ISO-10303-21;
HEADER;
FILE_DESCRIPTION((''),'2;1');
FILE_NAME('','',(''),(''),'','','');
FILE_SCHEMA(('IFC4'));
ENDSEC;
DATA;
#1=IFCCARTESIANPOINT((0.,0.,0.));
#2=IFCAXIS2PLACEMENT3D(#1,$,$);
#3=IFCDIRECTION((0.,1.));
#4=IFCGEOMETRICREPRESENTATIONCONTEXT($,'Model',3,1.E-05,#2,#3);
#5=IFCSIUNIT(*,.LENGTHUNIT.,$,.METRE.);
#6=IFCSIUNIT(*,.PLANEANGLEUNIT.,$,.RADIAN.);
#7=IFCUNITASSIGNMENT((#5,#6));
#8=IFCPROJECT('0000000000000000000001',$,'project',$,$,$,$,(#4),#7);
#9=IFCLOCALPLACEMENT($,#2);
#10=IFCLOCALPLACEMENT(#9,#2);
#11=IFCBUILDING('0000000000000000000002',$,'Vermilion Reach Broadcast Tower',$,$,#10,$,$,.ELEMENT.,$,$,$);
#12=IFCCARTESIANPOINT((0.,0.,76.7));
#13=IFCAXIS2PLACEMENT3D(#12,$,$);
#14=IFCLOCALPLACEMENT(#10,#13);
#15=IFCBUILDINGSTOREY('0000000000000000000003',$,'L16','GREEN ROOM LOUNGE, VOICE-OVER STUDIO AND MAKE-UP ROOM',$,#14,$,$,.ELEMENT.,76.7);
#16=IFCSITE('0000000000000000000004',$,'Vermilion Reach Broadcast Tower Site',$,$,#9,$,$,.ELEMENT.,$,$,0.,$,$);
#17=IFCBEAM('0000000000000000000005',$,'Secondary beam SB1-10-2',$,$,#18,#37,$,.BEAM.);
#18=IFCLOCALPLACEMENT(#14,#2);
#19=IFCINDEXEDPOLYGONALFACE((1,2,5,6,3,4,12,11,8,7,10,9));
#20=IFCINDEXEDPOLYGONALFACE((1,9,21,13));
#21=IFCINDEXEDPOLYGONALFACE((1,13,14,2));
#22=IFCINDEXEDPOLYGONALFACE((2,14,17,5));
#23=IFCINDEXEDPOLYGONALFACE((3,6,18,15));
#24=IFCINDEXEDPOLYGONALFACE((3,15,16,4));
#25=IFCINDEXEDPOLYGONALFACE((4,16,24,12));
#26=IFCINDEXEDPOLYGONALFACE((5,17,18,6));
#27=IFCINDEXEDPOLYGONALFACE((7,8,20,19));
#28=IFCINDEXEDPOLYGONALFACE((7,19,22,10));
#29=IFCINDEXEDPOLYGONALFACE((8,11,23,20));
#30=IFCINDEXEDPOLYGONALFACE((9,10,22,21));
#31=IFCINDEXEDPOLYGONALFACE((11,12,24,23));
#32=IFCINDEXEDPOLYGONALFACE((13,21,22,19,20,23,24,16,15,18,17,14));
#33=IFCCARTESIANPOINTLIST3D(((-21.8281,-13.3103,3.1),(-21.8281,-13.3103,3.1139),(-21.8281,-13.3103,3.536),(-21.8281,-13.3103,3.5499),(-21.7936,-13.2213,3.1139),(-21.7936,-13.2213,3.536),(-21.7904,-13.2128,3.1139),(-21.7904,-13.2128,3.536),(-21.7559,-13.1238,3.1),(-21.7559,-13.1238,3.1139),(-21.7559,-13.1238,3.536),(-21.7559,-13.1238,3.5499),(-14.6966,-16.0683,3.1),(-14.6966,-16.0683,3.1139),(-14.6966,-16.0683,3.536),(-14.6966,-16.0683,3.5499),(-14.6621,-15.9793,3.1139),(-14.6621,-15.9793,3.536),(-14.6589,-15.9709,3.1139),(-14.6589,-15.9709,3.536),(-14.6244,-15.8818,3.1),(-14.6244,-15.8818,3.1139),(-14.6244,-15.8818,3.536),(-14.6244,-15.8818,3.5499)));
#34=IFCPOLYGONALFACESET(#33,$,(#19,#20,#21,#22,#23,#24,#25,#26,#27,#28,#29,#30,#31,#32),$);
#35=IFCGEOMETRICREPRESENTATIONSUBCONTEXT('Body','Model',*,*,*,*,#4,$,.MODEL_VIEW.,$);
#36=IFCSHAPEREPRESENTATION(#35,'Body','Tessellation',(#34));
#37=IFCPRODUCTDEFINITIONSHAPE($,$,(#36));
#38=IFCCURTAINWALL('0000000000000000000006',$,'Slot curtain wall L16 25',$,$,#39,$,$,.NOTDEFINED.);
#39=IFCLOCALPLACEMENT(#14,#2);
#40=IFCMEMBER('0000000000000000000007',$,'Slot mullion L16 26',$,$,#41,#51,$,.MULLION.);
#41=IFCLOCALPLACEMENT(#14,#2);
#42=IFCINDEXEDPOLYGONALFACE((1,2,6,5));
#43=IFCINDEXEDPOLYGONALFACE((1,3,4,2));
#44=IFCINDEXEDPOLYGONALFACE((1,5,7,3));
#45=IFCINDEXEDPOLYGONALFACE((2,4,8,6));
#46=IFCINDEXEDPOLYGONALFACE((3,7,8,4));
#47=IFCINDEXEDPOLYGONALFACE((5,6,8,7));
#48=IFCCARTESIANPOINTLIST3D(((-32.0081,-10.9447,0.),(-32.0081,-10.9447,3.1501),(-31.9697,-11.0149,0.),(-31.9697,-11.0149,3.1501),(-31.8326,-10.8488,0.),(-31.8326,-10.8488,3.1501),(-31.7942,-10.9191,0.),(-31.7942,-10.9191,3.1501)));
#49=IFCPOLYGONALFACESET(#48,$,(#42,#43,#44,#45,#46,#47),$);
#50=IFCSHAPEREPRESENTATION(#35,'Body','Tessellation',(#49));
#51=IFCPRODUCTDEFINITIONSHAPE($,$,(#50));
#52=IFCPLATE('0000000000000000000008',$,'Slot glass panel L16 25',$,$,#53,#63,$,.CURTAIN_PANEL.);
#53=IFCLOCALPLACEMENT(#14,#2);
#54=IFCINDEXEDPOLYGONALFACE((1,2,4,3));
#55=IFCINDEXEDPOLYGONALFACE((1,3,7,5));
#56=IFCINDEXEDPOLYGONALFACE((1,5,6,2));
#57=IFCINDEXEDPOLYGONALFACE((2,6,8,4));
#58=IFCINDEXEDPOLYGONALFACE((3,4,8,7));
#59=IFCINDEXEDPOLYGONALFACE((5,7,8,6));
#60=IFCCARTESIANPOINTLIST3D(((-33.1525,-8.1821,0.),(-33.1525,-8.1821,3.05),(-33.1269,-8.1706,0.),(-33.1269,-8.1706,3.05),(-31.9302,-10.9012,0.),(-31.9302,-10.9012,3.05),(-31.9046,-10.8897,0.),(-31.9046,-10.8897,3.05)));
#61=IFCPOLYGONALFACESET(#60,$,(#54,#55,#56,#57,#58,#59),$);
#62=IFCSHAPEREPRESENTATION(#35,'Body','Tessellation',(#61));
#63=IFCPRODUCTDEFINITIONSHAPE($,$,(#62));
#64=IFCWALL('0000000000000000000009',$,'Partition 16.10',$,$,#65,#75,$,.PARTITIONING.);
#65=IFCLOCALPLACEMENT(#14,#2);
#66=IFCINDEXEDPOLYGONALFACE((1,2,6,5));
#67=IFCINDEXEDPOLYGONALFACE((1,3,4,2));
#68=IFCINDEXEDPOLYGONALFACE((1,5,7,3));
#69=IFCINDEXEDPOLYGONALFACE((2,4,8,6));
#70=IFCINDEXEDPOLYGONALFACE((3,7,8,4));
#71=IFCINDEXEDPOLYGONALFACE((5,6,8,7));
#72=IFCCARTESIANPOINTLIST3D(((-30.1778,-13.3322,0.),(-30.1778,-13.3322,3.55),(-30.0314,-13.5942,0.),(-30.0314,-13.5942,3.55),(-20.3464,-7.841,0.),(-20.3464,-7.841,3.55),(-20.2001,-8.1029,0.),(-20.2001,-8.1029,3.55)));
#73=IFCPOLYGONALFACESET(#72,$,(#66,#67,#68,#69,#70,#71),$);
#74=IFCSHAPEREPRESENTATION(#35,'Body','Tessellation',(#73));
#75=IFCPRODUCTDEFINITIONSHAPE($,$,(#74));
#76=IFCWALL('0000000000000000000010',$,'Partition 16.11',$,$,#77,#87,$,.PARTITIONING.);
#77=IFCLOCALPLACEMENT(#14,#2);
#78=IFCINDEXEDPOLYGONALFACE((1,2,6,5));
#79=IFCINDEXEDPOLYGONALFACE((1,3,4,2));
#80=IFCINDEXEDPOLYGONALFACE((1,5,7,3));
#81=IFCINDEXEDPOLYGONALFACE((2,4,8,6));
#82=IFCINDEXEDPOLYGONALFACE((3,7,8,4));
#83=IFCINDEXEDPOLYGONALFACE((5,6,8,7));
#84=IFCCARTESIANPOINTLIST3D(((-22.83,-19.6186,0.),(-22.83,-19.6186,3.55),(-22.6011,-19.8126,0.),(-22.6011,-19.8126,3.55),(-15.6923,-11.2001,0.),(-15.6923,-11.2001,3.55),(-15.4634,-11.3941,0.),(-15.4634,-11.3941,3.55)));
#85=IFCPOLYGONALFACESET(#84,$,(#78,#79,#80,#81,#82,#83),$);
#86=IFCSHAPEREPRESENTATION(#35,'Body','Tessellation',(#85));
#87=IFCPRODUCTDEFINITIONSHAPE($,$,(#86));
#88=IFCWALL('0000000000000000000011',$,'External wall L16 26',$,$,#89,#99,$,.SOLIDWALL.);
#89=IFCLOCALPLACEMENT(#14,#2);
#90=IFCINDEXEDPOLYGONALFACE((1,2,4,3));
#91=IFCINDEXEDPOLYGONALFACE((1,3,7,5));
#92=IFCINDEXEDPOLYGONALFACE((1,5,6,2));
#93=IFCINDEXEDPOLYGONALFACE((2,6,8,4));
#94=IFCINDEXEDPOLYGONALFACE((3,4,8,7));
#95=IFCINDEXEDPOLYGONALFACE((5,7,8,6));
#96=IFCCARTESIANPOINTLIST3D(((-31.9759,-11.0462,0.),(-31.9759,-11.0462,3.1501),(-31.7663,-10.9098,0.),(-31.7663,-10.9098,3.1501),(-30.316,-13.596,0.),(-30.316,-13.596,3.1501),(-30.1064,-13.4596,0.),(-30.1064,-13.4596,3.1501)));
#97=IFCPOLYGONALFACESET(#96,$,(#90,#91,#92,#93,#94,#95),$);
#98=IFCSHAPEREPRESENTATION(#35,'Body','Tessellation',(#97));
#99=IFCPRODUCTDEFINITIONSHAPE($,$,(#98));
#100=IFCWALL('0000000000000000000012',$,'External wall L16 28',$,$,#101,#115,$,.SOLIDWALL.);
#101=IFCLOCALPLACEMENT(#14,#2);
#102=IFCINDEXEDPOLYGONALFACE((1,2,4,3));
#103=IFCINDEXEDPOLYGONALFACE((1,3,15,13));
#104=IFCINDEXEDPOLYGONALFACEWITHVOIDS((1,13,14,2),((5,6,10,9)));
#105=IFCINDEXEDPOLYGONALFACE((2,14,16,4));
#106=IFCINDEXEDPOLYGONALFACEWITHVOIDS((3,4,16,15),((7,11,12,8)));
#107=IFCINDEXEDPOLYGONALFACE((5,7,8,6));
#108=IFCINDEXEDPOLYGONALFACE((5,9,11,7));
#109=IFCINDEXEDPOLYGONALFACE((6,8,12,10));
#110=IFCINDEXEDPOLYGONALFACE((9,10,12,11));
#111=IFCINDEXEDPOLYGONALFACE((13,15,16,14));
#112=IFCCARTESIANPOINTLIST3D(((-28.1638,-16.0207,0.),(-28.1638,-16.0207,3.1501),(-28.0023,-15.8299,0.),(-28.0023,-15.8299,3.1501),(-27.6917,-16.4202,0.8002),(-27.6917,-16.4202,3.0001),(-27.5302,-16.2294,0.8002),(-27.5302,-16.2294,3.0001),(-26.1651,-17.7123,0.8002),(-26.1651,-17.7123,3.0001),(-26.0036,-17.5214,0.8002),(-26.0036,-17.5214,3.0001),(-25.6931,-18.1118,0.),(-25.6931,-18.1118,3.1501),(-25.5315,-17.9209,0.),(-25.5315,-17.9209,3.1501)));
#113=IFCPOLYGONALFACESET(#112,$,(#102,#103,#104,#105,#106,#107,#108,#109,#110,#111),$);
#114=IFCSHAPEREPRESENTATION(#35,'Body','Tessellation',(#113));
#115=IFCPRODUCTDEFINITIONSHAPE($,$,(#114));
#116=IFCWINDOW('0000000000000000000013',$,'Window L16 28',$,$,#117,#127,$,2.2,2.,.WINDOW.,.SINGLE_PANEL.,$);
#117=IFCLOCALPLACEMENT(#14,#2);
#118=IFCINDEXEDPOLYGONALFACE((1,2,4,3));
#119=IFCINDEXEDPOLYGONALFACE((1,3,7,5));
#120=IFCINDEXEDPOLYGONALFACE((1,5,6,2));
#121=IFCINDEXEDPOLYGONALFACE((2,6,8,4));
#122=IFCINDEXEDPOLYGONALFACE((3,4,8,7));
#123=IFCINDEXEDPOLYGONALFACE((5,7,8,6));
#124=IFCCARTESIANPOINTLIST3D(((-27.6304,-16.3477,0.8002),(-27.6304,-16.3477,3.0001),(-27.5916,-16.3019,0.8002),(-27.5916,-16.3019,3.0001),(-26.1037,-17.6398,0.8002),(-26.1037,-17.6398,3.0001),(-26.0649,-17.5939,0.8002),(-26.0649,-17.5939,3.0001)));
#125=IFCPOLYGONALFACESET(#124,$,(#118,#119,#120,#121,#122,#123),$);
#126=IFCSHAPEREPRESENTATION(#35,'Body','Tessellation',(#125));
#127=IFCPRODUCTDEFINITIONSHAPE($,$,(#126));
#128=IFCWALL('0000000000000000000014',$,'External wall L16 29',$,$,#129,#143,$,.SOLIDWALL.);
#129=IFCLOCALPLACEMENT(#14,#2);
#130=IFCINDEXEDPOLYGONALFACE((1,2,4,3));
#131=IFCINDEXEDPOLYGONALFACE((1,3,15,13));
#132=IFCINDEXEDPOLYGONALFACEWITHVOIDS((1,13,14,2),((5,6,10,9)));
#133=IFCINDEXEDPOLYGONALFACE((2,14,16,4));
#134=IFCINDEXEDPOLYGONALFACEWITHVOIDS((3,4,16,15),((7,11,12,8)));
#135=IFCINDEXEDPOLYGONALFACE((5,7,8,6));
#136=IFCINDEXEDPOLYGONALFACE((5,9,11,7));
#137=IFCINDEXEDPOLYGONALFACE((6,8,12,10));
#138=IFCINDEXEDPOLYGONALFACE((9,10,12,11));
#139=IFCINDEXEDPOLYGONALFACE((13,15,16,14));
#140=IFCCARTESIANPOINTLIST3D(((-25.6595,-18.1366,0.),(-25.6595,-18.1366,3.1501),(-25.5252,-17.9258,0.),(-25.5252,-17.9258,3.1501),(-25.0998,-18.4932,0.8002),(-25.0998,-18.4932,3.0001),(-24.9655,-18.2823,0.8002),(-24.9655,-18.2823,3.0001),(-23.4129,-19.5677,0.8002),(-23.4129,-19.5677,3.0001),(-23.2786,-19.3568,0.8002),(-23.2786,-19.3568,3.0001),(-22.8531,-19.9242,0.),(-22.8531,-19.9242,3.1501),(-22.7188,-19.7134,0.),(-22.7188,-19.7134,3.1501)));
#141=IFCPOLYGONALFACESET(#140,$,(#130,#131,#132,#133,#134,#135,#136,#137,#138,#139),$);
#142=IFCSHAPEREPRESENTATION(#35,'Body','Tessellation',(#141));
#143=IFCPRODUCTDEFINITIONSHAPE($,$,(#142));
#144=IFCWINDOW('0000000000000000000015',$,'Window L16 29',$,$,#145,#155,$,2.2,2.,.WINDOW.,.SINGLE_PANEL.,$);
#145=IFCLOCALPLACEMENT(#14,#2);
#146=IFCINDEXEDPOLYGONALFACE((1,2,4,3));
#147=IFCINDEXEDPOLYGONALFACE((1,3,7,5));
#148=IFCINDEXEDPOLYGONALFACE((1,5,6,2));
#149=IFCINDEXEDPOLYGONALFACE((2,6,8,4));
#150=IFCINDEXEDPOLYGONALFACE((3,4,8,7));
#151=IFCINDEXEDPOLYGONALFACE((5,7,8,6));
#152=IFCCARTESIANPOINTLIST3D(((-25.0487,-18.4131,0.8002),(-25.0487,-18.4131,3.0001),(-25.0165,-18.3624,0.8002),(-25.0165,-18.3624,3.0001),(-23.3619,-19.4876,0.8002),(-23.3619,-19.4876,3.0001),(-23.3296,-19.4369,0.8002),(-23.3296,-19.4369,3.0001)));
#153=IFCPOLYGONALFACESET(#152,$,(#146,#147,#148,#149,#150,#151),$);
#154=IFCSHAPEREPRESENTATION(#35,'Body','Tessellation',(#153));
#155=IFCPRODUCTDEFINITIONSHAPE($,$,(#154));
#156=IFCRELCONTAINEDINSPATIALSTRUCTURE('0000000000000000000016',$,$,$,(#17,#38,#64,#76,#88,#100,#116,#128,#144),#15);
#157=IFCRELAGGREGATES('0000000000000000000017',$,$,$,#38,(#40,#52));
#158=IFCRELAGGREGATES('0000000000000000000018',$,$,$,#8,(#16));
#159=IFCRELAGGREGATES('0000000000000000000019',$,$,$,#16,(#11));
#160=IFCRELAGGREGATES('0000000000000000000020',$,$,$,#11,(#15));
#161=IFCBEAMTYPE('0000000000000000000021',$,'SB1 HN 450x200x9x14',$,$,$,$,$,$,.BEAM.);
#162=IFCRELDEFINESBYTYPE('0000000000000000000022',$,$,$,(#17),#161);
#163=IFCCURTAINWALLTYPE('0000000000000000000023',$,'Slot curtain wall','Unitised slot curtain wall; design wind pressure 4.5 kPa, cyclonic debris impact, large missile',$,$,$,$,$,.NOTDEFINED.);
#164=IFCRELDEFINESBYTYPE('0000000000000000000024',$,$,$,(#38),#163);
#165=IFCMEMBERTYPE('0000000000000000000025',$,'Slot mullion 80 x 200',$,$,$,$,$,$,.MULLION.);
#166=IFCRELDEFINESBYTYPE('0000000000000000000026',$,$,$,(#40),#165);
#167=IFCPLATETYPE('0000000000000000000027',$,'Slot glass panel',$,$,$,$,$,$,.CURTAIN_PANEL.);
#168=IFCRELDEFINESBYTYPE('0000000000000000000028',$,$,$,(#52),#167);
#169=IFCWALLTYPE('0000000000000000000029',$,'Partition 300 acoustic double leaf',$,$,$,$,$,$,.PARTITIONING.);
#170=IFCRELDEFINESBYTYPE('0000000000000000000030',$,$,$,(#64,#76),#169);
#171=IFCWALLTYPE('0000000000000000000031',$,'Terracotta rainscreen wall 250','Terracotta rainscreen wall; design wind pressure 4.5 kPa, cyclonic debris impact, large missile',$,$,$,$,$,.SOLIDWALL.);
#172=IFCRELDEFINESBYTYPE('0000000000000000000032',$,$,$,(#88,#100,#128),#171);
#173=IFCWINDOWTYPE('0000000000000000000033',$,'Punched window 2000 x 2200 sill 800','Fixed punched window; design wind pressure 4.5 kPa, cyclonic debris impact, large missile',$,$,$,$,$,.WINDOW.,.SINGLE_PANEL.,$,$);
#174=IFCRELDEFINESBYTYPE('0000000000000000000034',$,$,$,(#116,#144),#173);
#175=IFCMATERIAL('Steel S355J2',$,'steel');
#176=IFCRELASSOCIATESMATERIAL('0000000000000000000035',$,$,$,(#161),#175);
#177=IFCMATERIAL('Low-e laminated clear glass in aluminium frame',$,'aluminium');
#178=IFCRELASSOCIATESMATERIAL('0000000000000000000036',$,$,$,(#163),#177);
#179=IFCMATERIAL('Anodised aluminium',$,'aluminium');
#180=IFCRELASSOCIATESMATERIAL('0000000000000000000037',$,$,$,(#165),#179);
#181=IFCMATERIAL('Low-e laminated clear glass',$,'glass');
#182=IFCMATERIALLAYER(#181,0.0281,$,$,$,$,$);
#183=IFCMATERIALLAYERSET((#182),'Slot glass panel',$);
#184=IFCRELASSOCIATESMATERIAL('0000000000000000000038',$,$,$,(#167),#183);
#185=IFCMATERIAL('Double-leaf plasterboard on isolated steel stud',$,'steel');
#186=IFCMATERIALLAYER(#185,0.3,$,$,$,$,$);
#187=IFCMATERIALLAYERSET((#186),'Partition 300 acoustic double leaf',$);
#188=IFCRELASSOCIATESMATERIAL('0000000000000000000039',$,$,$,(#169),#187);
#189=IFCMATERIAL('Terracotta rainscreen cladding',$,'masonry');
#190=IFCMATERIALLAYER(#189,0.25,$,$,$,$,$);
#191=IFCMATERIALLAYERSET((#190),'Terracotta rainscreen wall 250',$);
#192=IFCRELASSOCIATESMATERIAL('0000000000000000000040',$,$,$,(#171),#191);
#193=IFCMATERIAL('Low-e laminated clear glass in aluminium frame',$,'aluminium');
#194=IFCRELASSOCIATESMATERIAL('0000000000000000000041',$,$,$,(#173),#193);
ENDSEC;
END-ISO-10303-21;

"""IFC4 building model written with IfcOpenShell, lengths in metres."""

from ifc_helpers import new_model, si_unit, direction, frame, frame_2d, origin, origin_2d, place, context, subcontext, project, spatial, rectangle, i_section, extrude, material, layer, layer_set, material_profile, profile_set, type_object, element, fill, aggregate, save


model = new_model("IFC4")

# Units and contexts
model_context = context("Model", 3, precision=1e-05, world=origin(), true_north=direction((0.0, 1.0)))
body_context = subcontext(model_context, "Body", "Model", "MODEL_VIEW")
ifc_project = project(units=[si_unit("LENGTHUNIT", "METRE"), si_unit("PLANEANGLEUNIT", "RADIAN")], contexts=[model_context])

# Site, building, storey
site_placement = place(None, origin())
site = spatial("IfcSite", under=ifc_project, at=site_placement, Name="Vermilion Reach Broadcast Tower Site", CompositionType="ELEMENT", RefElevation=0.0)
building_placement = place(site_placement, origin())
building = spatial("IfcBuilding", under=site, at=building_placement, Name="Vermilion Reach Broadcast Tower", CompositionType="ELEMENT")
storey_placement = place(building_placement, frame((0.0, 0.0, 76.7)))
storey = spatial("IfcBuildingStorey", under=building, at=storey_placement, Name="L16", Description="GREEN ROOM LOUNGE, VOICE-OVER STUDIO AND MAKE-UP ROOM", CompositionType="ELEMENT", Elevation=76.7)

# Beam
ifc_material_1 = material(Name="Steel S355J2", Category="steel")
ifc_material_profile_1 = material_profile(ifc_material_1, i_section(OverallWidth=0.2, OverallDepth=0.45, WebThickness=0.009, FlangeThickness=0.0139, at=origin_2d()), Name="S355J2 HN 450x200x9x14")
ifc_profile_set_1 = profile_set([ifc_material_profile_1], Name="Steel S355J2")
beam_type_1 = type_object("IfcBeamType", Name="SB1 HN 450x200x9x14", PredefinedType="BEAM", material=ifc_profile_set_1)
beam_1_placement = place(storey_placement, frame((-21.792, -13.217, 3.325), z_axis=(0.932681, -0.360703, 0.0), x_axis=(0.360703, 0.932681, 0.0)))
element("IfcBeam", 1, at=beam_1_placement, inside=storey, type_object=beam_type_1, Name="Secondary beam SB1-10-2", PredefinedType="BEAM", context=body_context, shape_type="SweptSolid", body=[
    extrude(i_section(OverallWidth=0.2, OverallDepth=0.45, WebThickness=0.009, FlangeThickness=0.0139, at=origin_2d()), origin(), (0.0, 0.0, 1.0), 7.6462),
])

# Curtain wall, member, plate
ifc_material_2 = material(Name="Low-e laminated clear glass in aluminium frame", Category="aluminium")
curtain_wall_type = type_object("IfcCurtainWallType", Name="Slot curtain wall", Description="Unitised slot curtain wall; design wind pressure 4.5 kPa, cyclonic debris impact, large missile", PredefinedType="NOTDEFINED", material=ifc_material_2)
curtain_wall_placement = place(storey_placement, origin())
curtain_wall = element("IfcCurtainWall", 2, at=curtain_wall_placement, inside=storey, type_object=curtain_wall_type, Name="Slot curtain wall L16 25", PredefinedType="NOTDEFINED")
ifc_material_3 = material(Name="Anodised aluminium", Category="aluminium")
ifc_material_profile_2 = material_profile(ifc_material_3, rectangle(XDim=0.2, YDim=0.0801, at=origin_2d()), Name="Slot mullion 80 x 200")
ifc_profile_set_2 = profile_set([ifc_material_profile_2], Name="Anodised aluminium")
member_type = type_object("IfcMemberType", Name="Slot mullion 80 x 200", PredefinedType="MULLION", material=ifc_profile_set_2)
member_placement = place(storey_placement, frame((-31.9011, -10.9319, 0.0), z_axis=(0.0, 0.0, 1.0), x_axis=(0.877704, 0.479204, 0.0)))
member = element("IfcMember", 3, at=member_placement, type_object=member_type, Name="Slot mullion L16 26", PredefinedType="MULLION", context=body_context, shape_type="SweptSolid", body=[
    extrude(rectangle(XDim=0.2, YDim=0.0801, at=origin_2d()), origin(), (0.0, 0.0, 1.0), 3.1501),
])
ifc_material_4 = material(Name="Low-e laminated clear glass", Category="glass")
ifc_layer_1 = layer(ifc_material_4, 0.0281)
ifc_layer_set_1 = layer_set([ifc_layer_1], Name="Slot glass panel")
plate_type = type_object("IfcPlateType", Name="Slot glass panel", PredefinedType="CURTAIN_PANEL", material=ifc_layer_set_1)
plate_placement = place(storey_placement, frame((-32.5286, -9.5359, 0.0), z_axis=(0.0, 0.0, 1.0), x_axis=(0.409995, -0.912088, 0.0)))
plate = element("IfcPlate", 4, at=plate_placement, type_object=plate_type, Name="Slot glass panel L16 25", PredefinedType="CURTAIN_PANEL", context=body_context, shape_type="SweptSolid", body=[
    extrude(rectangle(XDim=2.9812, YDim=0.0281, at=origin_2d()), origin(), (0.0, 0.0, 1.0), 3.05),
])
aggregate(curtain_wall, [member, plate])

# Walls
ifc_material_5 = material(Name="Double-leaf plasterboard on isolated steel stud", Category="steel")
ifc_layer_2 = layer(ifc_material_5, 0.3)
ifc_layer_set_2 = layer_set([ifc_layer_2], Name="Partition 300 acoustic double leaf")
wall_type_1 = type_object("IfcWallType", Name="Partition 300 acoustic double leaf", PredefinedType="PARTITIONING", material=ifc_layer_set_2)
wall_1_placement = place(storey_placement, frame((-30.1045, -13.4631, 0.0), z_axis=(0.0, 0.0, 1.0), x_axis=(0.873047, 0.487635, 0.0)))
element("IfcWall", 5, at=wall_1_placement, inside=storey, type_object=wall_type_1, Name="Partition 16.10", PredefinedType="PARTITIONING", context=body_context, shape_type="SweptSolid", body=[
    extrude(rectangle(XDim=11.261, YDim=0.3, at=frame_2d((5.6304, 0.0))), origin(), (0.0, 0.0, 1.0), 3.55),
])
wall_2_placement = place(storey_placement, frame((-22.7156, -19.7156, 0.0), z_axis=(0.0, 0.0, 1.0), x_axis=(0.646701, 0.762743, 0.0)))
element("IfcWall", 6, at=wall_2_placement, inside=storey, type_object=wall_type_1, Name="Partition 16.11", PredefinedType="PARTITIONING", context=body_context, shape_type="SweptSolid", body=[
    extrude(rectangle(XDim=11.0371, YDim=0.3, at=frame_2d((5.5186, 0.0))), origin(), (0.0, 0.0, 1.0), 3.55),
])
ifc_material_6 = material(Name="Terracotta rainscreen cladding", Category="masonry")
ifc_layer_3 = layer(ifc_material_6, 0.25)
ifc_layer_set_3 = layer_set([ifc_layer_3], Name="Terracotta rainscreen wall 250")
wall_type_2 = type_object("IfcWallType", Name="Terracotta rainscreen wall 250", Description="Terracotta rainscreen wall; design wind pressure 4.5 kPa, cyclonic debris impact, large missile", PredefinedType="SOLIDWALL", material=ifc_layer_set_3)
wall_3_placement = place(storey_placement, frame((-31.8711, -10.978, 0.0), z_axis=(0.0, 0.0, 1.0), x_axis=(0.545575, -0.838062, 0.0)))
element("IfcWall", 7, at=wall_3_placement, inside=storey, type_object=wall_type_2, Name="External wall L16 26", PredefinedType="SOLIDWALL", context=body_context, shape_type="SweptSolid", body=[
    extrude(rectangle(XDim=3.0425, YDim=0.25, at=frame_2d((1.5212, 0.0))), origin(), (0.0, 0.0, 1.0), 3.1501),
])

# Walls, openings, windows
wall_4_placement = place(storey_placement, frame((-28.083, -15.9253, 0.0), z_axis=(0.0, 0.0, 1.0), x_axis=(0.763315, -0.646027, 0.0)))
wall_4 = element("IfcWall", 8, at=wall_4_placement, inside=storey, type_object=wall_type_2, Name="External wall L16 28", PredefinedType="SOLIDWALL", context=body_context, shape_type="SweptSolid", body=[
    extrude(rectangle(XDim=3.2368, YDim=0.25, at=frame_2d((1.6184, 0.0))), origin(), (0.0, 0.0, 1.0), 3.1501),
])
opening_1_placement = place(wall_4_placement, frame((0.6184, 0.0, 0.8)))
opening_1 = element("IfcOpeningElement", 9, at=opening_1_placement, cuts=wall_4, PredefinedType="OPENING", context=body_context, shape_type="SweptSolid", body=[
    extrude(rectangle(XDim=2.0, YDim=2.2, at=frame_2d((1.0, 1.1001))), frame((0.0, 0.135, 0.0), z_axis=(0.0, -1.0, 0.0), x_axis=(1.0, 0.0, 0.0)), (0.0, 0.0, 1.0), 0.27),
])
ifc_material_7 = material(Name="Low-e laminated clear glass in aluminium frame", Category="aluminium")
window_type = type_object("IfcWindowType", Name="Punched window 2000 x 2200 sill 800", Description="Fixed punched window; design wind pressure 4.5 kPa, cyclonic debris impact, large missile", PartitioningType="SINGLE_PANEL", PredefinedType="WINDOW", material=ifc_material_7)
window_1_placement = place(opening_1_placement, origin())
window_1 = element("IfcWindow", 10, at=window_1_placement, inside=storey, type_object=window_type, Name="Window L16 28", OverallHeight=2.2, OverallWidth=2.0, PartitioningType="SINGLE_PANEL", PredefinedType="WINDOW", context=body_context, shape_type="SweptSolid", body=[
    extrude(rectangle(XDim=2.0, YDim=2.2, at=frame_2d((1.0, 1.1001))), frame((0.0, 0.03, 0.0), z_axis=(0.0, -1.0, 0.0), x_axis=(1.0, 0.0, 0.0)), (0.0, 0.0, 1.0), 0.0601),
])
fill(opening_1, window_1)
wall_5_placement = place(storey_placement, frame((-25.5923, -18.0312, 0.0), z_axis=(0.0, 0.0, 1.0), x_axis=(0.843429, -0.537241, 0.0)))
wall_5 = element("IfcWall", 11, at=wall_5_placement, inside=storey, type_object=wall_type_2, Name="External wall L16 29", PredefinedType="SOLIDWALL", context=body_context, shape_type="SweptSolid", body=[
    extrude(rectangle(XDim=3.3274, YDim=0.25, at=frame_2d((1.6636, 0.0))), origin(), (0.0, 0.0, 1.0), 3.1501),
])
opening_2_placement = place(wall_5_placement, frame((0.6636, 0.0, 0.8)))
opening_2 = element("IfcOpeningElement", 12, at=opening_2_placement, cuts=wall_5, PredefinedType="OPENING", context=body_context, shape_type="SweptSolid", body=[
    extrude(rectangle(XDim=2.0, YDim=2.2, at=frame_2d((1.0, 1.1001))), frame((0.0, 0.135, 0.0), z_axis=(0.0, -1.0, 0.0), x_axis=(1.0, 0.0, 0.0)), (0.0, 0.0, 1.0), 0.27),
])
window_2_placement = place(opening_2_placement, origin())
window_2 = element("IfcWindow", 13, at=window_2_placement, inside=storey, type_object=window_type, Name="Window L16 29", OverallHeight=2.2, OverallWidth=2.0, PartitioningType="SINGLE_PANEL", PredefinedType="WINDOW", context=body_context, shape_type="SweptSolid", body=[
    extrude(rectangle(XDim=2.0, YDim=2.2, at=frame_2d((1.0, 1.1001))), frame((0.0, 0.03, 0.0), z_axis=(0.0, -1.0, 0.0), x_axis=(1.0, 0.0, 0.0)), (0.0, 0.0, 1.0), 0.0601),
])
fill(opening_2, window_2)

save(model, "model.ifc")
